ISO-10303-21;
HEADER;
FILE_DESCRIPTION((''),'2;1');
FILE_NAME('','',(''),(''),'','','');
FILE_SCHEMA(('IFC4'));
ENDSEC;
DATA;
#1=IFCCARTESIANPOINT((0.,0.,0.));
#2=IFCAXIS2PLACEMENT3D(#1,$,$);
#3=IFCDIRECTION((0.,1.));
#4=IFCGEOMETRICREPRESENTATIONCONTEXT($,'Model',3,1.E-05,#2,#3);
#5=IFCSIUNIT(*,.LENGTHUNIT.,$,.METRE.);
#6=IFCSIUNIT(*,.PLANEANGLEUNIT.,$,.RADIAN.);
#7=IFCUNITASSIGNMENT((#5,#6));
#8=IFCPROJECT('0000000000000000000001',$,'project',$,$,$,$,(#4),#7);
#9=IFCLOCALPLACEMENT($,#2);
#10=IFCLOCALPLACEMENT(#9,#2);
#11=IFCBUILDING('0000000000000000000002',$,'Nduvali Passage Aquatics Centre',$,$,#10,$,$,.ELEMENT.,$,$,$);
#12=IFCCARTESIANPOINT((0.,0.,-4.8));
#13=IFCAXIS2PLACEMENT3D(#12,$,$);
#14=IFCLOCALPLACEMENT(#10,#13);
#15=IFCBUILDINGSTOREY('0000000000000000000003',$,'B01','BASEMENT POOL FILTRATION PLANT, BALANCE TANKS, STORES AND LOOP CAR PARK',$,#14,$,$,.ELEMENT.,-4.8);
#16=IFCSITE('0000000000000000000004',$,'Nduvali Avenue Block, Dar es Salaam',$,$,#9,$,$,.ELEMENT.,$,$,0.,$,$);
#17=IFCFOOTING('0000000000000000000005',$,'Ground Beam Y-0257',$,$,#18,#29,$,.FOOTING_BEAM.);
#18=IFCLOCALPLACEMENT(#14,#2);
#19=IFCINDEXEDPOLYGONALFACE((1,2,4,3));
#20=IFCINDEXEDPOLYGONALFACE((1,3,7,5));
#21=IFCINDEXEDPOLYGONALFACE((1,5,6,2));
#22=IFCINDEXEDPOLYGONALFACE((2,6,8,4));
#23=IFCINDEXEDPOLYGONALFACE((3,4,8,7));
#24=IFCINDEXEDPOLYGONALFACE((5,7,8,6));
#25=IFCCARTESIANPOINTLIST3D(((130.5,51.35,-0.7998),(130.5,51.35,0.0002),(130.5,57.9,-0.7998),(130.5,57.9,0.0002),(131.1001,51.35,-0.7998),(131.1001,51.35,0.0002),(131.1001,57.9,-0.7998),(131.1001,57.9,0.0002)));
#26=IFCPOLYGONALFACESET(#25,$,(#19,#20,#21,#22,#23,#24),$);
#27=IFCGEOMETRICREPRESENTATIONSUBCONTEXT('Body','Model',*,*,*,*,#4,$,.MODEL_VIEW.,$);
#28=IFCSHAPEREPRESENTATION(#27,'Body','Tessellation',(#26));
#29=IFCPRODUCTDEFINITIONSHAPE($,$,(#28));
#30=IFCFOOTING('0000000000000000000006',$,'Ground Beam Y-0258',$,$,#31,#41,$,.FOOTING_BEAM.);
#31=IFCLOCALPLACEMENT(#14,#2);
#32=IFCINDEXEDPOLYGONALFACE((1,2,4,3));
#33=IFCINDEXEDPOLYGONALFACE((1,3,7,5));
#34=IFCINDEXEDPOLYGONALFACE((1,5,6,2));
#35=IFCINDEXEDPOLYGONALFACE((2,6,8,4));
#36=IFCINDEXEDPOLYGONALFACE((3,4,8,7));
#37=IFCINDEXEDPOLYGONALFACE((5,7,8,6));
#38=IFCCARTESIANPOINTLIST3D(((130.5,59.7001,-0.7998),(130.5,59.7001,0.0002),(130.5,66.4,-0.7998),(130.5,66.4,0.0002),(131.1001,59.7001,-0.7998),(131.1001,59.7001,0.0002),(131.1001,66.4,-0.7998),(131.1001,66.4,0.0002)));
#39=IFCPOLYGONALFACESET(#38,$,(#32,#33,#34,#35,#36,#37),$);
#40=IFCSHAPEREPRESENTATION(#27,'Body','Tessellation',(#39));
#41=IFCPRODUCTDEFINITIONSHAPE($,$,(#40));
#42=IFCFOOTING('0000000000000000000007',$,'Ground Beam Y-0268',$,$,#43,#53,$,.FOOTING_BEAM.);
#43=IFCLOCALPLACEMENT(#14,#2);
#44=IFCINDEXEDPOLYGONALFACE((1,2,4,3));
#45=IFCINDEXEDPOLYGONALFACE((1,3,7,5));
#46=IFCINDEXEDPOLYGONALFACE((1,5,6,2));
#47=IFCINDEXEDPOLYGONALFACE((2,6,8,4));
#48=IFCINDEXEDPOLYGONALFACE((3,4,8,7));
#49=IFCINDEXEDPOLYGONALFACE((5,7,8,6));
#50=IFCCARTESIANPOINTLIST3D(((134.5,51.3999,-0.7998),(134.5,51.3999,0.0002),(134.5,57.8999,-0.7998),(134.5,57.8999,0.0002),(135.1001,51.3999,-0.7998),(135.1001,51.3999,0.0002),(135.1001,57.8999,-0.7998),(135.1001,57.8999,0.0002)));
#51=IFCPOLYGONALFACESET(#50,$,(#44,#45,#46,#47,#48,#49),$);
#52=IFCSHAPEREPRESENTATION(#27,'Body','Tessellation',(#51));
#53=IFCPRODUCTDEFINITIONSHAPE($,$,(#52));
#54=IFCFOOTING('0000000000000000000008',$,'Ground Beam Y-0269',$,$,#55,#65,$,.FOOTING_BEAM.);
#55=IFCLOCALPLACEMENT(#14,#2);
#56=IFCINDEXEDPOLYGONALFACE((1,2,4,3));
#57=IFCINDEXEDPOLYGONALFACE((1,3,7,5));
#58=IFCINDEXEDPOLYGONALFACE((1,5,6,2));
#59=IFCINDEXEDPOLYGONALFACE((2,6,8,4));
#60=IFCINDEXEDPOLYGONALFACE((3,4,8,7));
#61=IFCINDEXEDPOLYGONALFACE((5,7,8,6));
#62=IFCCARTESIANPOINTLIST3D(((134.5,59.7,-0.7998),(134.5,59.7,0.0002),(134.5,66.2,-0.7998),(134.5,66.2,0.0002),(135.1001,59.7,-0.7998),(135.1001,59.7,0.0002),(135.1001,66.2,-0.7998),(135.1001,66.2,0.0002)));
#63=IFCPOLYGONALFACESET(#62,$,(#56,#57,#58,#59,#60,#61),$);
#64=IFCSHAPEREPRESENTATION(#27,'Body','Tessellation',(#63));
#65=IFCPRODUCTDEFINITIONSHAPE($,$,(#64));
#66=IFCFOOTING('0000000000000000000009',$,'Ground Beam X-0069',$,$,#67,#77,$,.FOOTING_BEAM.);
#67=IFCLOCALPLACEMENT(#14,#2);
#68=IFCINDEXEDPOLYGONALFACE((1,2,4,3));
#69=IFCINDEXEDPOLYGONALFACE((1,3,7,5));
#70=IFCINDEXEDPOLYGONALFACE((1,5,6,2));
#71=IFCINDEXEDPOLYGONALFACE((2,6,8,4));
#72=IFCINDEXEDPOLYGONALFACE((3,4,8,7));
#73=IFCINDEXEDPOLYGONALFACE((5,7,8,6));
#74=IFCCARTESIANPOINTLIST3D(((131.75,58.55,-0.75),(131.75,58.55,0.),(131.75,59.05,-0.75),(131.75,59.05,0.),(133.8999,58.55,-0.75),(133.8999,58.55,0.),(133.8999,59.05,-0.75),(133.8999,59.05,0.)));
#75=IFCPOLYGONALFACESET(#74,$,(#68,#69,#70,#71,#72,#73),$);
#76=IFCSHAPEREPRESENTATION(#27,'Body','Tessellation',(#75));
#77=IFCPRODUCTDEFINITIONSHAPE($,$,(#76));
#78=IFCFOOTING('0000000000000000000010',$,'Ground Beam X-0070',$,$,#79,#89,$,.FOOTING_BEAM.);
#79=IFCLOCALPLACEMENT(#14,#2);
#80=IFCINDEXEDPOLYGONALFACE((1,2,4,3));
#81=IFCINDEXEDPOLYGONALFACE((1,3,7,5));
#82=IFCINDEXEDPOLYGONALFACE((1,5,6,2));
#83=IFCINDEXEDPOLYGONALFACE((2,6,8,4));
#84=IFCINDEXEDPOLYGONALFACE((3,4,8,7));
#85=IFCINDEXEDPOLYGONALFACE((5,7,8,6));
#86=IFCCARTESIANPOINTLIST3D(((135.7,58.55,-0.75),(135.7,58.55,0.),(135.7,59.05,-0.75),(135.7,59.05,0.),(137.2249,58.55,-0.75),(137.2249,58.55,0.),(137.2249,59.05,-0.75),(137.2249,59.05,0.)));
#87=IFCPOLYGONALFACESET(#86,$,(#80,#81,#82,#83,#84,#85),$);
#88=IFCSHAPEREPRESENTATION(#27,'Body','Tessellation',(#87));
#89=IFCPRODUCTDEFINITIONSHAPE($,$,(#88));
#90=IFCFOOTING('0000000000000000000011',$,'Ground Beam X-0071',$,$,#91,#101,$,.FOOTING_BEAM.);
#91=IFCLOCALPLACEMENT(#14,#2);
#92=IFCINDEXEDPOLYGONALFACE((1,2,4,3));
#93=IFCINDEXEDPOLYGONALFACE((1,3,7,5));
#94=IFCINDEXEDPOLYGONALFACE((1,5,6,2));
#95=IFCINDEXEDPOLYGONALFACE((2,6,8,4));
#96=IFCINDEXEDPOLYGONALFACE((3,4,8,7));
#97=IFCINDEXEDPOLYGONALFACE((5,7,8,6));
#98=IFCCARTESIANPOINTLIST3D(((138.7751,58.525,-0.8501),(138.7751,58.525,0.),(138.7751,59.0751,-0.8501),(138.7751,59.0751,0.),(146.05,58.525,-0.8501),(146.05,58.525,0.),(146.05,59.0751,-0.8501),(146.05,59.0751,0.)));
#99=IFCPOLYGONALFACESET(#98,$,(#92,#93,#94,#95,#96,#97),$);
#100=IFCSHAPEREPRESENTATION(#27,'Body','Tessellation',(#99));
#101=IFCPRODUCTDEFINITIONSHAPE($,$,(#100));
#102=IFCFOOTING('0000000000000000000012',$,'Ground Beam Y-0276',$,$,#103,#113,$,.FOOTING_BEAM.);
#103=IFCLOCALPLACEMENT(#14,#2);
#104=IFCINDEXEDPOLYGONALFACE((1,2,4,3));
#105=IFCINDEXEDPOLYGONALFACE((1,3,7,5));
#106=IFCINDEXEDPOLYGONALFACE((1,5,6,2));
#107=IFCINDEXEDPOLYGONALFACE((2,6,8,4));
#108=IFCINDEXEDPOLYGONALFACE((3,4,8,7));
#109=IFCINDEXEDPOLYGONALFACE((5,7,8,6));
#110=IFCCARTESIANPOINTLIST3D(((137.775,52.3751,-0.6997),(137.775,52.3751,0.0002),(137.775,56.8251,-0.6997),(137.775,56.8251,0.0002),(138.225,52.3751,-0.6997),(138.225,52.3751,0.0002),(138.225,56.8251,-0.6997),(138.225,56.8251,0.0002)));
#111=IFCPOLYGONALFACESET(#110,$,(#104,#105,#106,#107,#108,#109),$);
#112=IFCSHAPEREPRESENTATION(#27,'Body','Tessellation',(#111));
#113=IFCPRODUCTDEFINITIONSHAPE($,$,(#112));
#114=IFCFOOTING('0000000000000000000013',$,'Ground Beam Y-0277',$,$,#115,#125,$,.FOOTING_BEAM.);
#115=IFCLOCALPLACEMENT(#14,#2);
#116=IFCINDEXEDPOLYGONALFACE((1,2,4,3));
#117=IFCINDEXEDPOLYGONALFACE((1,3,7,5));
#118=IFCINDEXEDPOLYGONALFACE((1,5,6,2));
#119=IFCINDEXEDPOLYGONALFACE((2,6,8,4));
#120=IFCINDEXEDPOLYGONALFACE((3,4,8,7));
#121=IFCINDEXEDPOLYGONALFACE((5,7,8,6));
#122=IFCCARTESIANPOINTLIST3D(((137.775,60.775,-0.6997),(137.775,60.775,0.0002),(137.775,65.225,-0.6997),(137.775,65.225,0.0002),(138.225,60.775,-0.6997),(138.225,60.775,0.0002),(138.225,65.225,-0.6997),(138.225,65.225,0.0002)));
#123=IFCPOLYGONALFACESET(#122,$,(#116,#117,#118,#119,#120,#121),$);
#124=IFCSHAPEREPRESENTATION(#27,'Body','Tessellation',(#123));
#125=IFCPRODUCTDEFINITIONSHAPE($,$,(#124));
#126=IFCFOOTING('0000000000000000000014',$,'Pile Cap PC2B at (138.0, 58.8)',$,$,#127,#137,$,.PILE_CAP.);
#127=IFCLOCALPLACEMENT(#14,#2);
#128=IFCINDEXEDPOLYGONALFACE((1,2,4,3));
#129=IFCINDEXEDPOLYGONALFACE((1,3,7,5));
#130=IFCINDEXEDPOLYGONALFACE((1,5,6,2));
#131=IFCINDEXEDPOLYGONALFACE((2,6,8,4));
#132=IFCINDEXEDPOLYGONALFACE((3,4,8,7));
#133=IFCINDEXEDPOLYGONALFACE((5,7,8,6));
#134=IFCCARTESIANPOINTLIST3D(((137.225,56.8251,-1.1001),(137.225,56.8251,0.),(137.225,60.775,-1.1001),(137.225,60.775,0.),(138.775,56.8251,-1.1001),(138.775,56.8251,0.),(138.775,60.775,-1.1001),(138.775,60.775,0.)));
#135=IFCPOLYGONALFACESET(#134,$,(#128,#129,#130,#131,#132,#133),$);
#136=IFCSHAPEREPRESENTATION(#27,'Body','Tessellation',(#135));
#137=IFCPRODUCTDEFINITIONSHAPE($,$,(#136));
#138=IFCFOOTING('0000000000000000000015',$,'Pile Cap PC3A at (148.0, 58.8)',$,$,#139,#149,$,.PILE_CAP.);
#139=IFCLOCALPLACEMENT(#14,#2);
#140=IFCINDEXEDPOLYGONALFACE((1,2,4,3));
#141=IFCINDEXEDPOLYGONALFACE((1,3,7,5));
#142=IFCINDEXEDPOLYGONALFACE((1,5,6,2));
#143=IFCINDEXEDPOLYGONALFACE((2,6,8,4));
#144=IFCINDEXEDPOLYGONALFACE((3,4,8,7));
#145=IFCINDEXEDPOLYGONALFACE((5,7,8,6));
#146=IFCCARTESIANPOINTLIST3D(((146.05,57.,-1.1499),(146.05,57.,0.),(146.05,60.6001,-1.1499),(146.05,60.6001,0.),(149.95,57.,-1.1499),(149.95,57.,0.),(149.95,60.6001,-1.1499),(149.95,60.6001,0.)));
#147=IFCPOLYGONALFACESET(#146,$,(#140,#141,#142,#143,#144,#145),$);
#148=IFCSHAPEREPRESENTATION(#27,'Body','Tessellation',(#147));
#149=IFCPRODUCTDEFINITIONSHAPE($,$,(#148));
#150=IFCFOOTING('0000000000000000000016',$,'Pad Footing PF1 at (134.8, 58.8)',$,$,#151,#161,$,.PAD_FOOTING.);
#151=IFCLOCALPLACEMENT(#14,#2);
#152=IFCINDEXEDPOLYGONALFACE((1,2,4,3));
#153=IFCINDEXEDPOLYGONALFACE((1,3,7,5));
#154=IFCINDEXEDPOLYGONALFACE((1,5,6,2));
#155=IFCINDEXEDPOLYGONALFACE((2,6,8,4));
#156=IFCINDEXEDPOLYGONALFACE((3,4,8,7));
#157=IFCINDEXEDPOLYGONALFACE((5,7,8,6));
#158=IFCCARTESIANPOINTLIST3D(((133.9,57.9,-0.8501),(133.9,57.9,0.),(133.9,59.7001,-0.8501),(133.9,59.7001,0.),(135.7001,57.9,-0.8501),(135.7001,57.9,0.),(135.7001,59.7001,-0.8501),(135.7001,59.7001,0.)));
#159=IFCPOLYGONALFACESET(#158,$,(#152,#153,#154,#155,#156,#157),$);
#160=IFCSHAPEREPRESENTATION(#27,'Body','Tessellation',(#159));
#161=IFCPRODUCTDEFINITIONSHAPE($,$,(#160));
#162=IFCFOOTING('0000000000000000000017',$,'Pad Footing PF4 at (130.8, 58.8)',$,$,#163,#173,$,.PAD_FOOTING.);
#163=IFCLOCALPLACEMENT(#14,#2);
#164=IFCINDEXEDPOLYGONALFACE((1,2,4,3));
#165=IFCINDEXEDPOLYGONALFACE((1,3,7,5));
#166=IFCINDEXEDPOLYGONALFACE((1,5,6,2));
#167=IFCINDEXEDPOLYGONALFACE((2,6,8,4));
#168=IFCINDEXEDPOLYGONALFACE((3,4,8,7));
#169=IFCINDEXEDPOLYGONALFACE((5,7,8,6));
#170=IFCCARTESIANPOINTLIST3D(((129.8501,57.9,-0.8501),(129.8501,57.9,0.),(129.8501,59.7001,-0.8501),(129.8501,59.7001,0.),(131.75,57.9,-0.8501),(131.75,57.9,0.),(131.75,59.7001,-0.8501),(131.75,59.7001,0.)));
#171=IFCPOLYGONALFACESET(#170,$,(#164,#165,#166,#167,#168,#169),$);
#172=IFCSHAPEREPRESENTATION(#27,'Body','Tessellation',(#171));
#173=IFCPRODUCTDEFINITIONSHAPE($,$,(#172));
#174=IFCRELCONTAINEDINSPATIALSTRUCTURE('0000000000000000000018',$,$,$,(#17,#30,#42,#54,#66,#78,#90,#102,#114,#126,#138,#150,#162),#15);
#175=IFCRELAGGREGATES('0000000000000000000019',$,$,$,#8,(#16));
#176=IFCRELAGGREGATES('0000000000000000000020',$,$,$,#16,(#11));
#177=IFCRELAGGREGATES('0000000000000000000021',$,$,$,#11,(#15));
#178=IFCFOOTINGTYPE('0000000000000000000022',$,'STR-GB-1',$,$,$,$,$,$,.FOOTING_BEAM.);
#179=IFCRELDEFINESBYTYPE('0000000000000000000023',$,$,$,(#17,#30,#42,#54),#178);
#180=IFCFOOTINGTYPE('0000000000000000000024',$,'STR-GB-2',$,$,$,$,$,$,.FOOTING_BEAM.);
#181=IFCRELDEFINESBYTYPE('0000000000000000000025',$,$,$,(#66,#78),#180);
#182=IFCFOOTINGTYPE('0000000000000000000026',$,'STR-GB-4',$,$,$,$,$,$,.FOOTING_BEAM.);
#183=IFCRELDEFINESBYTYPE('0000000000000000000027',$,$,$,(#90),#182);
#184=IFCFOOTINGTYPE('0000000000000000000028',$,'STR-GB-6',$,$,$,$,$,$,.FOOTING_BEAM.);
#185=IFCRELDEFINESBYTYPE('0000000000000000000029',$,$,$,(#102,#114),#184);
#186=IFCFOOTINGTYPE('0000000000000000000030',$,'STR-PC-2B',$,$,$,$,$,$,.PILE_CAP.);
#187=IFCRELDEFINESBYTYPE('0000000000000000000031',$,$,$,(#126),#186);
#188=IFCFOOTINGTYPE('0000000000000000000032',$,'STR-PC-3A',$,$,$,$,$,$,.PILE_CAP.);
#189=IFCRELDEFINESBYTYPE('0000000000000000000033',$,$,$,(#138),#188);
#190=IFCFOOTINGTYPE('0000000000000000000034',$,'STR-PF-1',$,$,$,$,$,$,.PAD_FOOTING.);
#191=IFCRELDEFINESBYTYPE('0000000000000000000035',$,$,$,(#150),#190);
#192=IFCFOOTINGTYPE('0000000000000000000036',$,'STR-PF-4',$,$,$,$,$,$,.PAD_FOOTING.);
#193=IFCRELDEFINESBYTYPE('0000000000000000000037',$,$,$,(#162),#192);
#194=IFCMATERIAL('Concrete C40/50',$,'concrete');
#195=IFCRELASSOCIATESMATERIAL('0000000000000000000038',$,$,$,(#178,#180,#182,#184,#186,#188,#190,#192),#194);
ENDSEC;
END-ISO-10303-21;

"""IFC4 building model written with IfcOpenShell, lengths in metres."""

from ifc_helpers import new_model, si_unit, direction, frame, origin, origin_2d, place, context, subcontext, project, spatial, rectangle, extrude, material, type_object, element, save


model = new_model("IFC4")

# Units and contexts
model_context = context("Model", 3, precision=1e-05, world=origin(), true_north=direction((0.0, 1.0)))
body_context = subcontext(model_context, "Body", "Model", "MODEL_VIEW")
ifc_project = project(units=[si_unit("LENGTHUNIT", "METRE"), si_unit("PLANEANGLEUNIT", "RADIAN")], contexts=[model_context])

# Site, building, storey
site_placement = place(None, origin())
site = spatial("IfcSite", under=ifc_project, at=site_placement, Name="Nduvali Avenue Block, Dar es Salaam", CompositionType="ELEMENT", RefElevation=0.0)
building_placement = place(site_placement, origin())
building = spatial("IfcBuilding", under=site, at=building_placement, Name="Nduvali Passage Aquatics Centre", CompositionType="ELEMENT")
storey_placement = place(building_placement, frame((0.0, 0.0, -4.8)))
storey = spatial("IfcBuildingStorey", under=building, at=storey_placement, Name="B01", Description="BASEMENT POOL FILTRATION PLANT, BALANCE TANKS, STORES AND LOOP CAR PARK", CompositionType="ELEMENT", Elevation=-4.8)

# Footings
ifc_material = material(Name="Concrete C40/50", Category="concrete")
footing_type_1 = type_object("IfcFootingType", Name="STR-GB-1", PredefinedType="FOOTING_BEAM", material=ifc_material)
footing_1_placement = place(storey_placement, frame((130.8, 54.625, -0.7998), z_axis=(0.0, 0.0, 1.0), x_axis=(0.0, 1.0, 0.0)))
element("IfcFooting", 1, at=footing_1_placement, inside=storey, type_object=footing_type_1, Name="Ground Beam Y-0257", PredefinedType="FOOTING_BEAM", context=body_context, shape_type="SweptSolid", body=[
    extrude(rectangle(XDim=6.55, YDim=0.6001, at=origin_2d()), origin(), (0.0, 0.0, 1.0), 0.8),
])
footing_2_placement = place(storey_placement, frame((130.8, 63.05, -0.7998), z_axis=(0.0, 0.0, 1.0), x_axis=(0.0, 1.0, 0.0)))
element("IfcFooting", 2, at=footing_2_placement, inside=storey, type_object=footing_type_1, Name="Ground Beam Y-0258", PredefinedType="FOOTING_BEAM", context=body_context, shape_type="SweptSolid", body=[
    extrude(rectangle(XDim=6.7, YDim=0.6001, at=origin_2d()), origin(), (0.0, 0.0, 1.0), 0.8),
])
for number, where, z_axis, x_axis, name in (
    (3, (134.8, 54.6499, -0.7998), (0.0, 0.0, 1.0), (0.0, 1.0, 0.0), "Ground Beam Y-0268"),
    (4, (134.8, 62.95, -0.7998), (0.0, 0.0, 1.0), (0.0, 1.0, 0.0), "Ground Beam Y-0269"),
):
    element("IfcFooting", number, at=place(storey_placement, frame(where, z_axis=z_axis, x_axis=x_axis)), inside=storey, type_object=footing_type_1, Name=name, PredefinedType="FOOTING_BEAM", context=body_context, shape_type="SweptSolid", body=[
        extrude(rectangle(XDim=6.5, YDim=0.6001, at=origin_2d()), origin(), (0.0, 0.0, 1.0), 0.8),
    ])
footing_type_2 = type_object("IfcFootingType", Name="STR-GB-2", PredefinedType="FOOTING_BEAM", material=ifc_material)
footing_3_placement = place(storey_placement, frame((132.825, 58.8, -0.75), z_axis=(0.0, 0.0, 1.0), x_axis=(1.0, 0.0, 0.0)))
element("IfcFooting", 5, at=footing_3_placement, inside=storey, type_object=footing_type_2, Name="Ground Beam X-0069", PredefinedType="FOOTING_BEAM", context=body_context, shape_type="SweptSolid", body=[
    extrude(rectangle(XDim=2.1499, YDim=0.5, at=origin_2d()), origin(), (0.0, 0.0, 1.0), 0.75),
])
footing_4_placement = place(storey_placement, frame((136.4624, 58.8, -0.75), z_axis=(0.0, 0.0, 1.0), x_axis=(1.0, 0.0, 0.0)))
element("IfcFooting", 6, at=footing_4_placement, inside=storey, type_object=footing_type_2, Name="Ground Beam X-0070", PredefinedType="FOOTING_BEAM", context=body_context, shape_type="SweptSolid", body=[
    extrude(rectangle(XDim=1.5249, YDim=0.5, at=origin_2d()), origin(), (0.0, 0.0, 1.0), 0.75),
])
footing_type_3 = type_object("IfcFootingType", Name="STR-GB-4", PredefinedType="FOOTING_BEAM", material=ifc_material)
footing_5_placement = place(storey_placement, frame((142.4126, 58.8, -0.8501), z_axis=(0.0, 0.0, 1.0), x_axis=(1.0, 0.0, 0.0)))
element("IfcFooting", 7, at=footing_5_placement, inside=storey, type_object=footing_type_3, Name="Ground Beam X-0071", PredefinedType="FOOTING_BEAM", context=body_context, shape_type="SweptSolid", body=[
    extrude(rectangle(XDim=7.2749, YDim=0.55, at=origin_2d()), origin(), (0.0, 0.0, 1.0), 0.8501),
])
footing_type_4 = type_object("IfcFootingType", Name="STR-GB-6", PredefinedType="FOOTING_BEAM", material=ifc_material)
for number, where, z_axis, x_axis, name in (
    (8, (138.0, 54.6001, -0.6997), (0.0, 0.0, 1.0), (0.0, 1.0, 0.0), "Ground Beam Y-0276"),
    (9, (138.0, 63.0, -0.6997), (0.0, 0.0, 1.0), (0.0, 1.0, 0.0), "Ground Beam Y-0277"),
):
    element("IfcFooting", number, at=place(storey_placement, frame(where, z_axis=z_axis, x_axis=x_axis)), inside=storey, type_object=footing_type_4, Name=name, PredefinedType="FOOTING_BEAM", context=body_context, shape_type="SweptSolid", body=[
        extrude(rectangle(XDim=4.45, YDim=0.45, at=origin_2d()), origin(), (0.0, 0.0, 1.0), 0.7),
    ])
footing_type_5 = type_object("IfcFootingType", Name="STR-PC-2B", PredefinedType="PILE_CAP", material=ifc_material)
footing_6_placement = place(storey_placement, frame((138.0, 58.8, -1.1001), z_axis=(0.0, 0.0, 1.0), x_axis=(1.0, 0.0, 0.0)))
element("IfcFooting", 10, at=footing_6_placement, inside=storey, type_object=footing_type_5, Name="Pile Cap PC2B at (138.0, 58.8)", PredefinedType="PILE_CAP", context=body_context, shape_type="SweptSolid", body=[
    extrude(rectangle(XDim=1.55, YDim=3.95, at=origin_2d()), origin(), (0.0, 0.0, 1.0), 1.1001),
])
footing_type_6 = type_object("IfcFootingType", Name="STR-PC-3A", PredefinedType="PILE_CAP", material=ifc_material)
footing_7_placement = place(storey_placement, frame((148.0, 58.8, -1.1499), z_axis=(0.0, 0.0, 1.0), x_axis=(1.0, 0.0, 0.0)))
element("IfcFooting", 11, at=footing_7_placement, inside=storey, type_object=footing_type_6, Name="Pile Cap PC3A at (148.0, 58.8)", PredefinedType="PILE_CAP", context=body_context, shape_type="SweptSolid", body=[
    extrude(rectangle(XDim=3.8999, YDim=3.6001, at=origin_2d()), origin(), (0.0, 0.0, 1.0), 1.1499),
])
footing_type_7 = type_object("IfcFootingType", Name="STR-PF-1", PredefinedType="PAD_FOOTING", material=ifc_material)
footing_8_placement = place(storey_placement, frame((134.8, 58.8, -0.8501), z_axis=(0.0, 0.0, 1.0), x_axis=(1.0, 0.0, 0.0)))
element("IfcFooting", 12, at=footing_8_placement, inside=storey, type_object=footing_type_7, Name="Pad Footing PF1 at (134.8, 58.8)", PredefinedType="PAD_FOOTING", context=body_context, shape_type="SweptSolid", body=[
    extrude(rectangle(XDim=1.8, YDim=1.8, at=origin_2d()), origin(), (0.0, 0.0, 1.0), 0.8501),
])
footing_type_8 = type_object("IfcFootingType", Name="STR-PF-4", PredefinedType="PAD_FOOTING", material=ifc_material)
footing_9_placement = place(storey_placement, frame((130.8, 58.8, -0.8501), z_axis=(0.0, 0.0, 1.0), x_axis=(1.0, 0.0, 0.0)))
element("IfcFooting", 13, at=footing_9_placement, inside=storey, type_object=footing_type_8, Name="Pad Footing PF4 at (130.8, 58.8)", PredefinedType="PAD_FOOTING", context=body_context, shape_type="SweptSolid", body=[
    extrude(rectangle(XDim=1.8999, YDim=1.8, at=origin_2d()), origin(), (0.0, 0.0, 1.0), 0.8501),
])

save(model, "model.ifc")
